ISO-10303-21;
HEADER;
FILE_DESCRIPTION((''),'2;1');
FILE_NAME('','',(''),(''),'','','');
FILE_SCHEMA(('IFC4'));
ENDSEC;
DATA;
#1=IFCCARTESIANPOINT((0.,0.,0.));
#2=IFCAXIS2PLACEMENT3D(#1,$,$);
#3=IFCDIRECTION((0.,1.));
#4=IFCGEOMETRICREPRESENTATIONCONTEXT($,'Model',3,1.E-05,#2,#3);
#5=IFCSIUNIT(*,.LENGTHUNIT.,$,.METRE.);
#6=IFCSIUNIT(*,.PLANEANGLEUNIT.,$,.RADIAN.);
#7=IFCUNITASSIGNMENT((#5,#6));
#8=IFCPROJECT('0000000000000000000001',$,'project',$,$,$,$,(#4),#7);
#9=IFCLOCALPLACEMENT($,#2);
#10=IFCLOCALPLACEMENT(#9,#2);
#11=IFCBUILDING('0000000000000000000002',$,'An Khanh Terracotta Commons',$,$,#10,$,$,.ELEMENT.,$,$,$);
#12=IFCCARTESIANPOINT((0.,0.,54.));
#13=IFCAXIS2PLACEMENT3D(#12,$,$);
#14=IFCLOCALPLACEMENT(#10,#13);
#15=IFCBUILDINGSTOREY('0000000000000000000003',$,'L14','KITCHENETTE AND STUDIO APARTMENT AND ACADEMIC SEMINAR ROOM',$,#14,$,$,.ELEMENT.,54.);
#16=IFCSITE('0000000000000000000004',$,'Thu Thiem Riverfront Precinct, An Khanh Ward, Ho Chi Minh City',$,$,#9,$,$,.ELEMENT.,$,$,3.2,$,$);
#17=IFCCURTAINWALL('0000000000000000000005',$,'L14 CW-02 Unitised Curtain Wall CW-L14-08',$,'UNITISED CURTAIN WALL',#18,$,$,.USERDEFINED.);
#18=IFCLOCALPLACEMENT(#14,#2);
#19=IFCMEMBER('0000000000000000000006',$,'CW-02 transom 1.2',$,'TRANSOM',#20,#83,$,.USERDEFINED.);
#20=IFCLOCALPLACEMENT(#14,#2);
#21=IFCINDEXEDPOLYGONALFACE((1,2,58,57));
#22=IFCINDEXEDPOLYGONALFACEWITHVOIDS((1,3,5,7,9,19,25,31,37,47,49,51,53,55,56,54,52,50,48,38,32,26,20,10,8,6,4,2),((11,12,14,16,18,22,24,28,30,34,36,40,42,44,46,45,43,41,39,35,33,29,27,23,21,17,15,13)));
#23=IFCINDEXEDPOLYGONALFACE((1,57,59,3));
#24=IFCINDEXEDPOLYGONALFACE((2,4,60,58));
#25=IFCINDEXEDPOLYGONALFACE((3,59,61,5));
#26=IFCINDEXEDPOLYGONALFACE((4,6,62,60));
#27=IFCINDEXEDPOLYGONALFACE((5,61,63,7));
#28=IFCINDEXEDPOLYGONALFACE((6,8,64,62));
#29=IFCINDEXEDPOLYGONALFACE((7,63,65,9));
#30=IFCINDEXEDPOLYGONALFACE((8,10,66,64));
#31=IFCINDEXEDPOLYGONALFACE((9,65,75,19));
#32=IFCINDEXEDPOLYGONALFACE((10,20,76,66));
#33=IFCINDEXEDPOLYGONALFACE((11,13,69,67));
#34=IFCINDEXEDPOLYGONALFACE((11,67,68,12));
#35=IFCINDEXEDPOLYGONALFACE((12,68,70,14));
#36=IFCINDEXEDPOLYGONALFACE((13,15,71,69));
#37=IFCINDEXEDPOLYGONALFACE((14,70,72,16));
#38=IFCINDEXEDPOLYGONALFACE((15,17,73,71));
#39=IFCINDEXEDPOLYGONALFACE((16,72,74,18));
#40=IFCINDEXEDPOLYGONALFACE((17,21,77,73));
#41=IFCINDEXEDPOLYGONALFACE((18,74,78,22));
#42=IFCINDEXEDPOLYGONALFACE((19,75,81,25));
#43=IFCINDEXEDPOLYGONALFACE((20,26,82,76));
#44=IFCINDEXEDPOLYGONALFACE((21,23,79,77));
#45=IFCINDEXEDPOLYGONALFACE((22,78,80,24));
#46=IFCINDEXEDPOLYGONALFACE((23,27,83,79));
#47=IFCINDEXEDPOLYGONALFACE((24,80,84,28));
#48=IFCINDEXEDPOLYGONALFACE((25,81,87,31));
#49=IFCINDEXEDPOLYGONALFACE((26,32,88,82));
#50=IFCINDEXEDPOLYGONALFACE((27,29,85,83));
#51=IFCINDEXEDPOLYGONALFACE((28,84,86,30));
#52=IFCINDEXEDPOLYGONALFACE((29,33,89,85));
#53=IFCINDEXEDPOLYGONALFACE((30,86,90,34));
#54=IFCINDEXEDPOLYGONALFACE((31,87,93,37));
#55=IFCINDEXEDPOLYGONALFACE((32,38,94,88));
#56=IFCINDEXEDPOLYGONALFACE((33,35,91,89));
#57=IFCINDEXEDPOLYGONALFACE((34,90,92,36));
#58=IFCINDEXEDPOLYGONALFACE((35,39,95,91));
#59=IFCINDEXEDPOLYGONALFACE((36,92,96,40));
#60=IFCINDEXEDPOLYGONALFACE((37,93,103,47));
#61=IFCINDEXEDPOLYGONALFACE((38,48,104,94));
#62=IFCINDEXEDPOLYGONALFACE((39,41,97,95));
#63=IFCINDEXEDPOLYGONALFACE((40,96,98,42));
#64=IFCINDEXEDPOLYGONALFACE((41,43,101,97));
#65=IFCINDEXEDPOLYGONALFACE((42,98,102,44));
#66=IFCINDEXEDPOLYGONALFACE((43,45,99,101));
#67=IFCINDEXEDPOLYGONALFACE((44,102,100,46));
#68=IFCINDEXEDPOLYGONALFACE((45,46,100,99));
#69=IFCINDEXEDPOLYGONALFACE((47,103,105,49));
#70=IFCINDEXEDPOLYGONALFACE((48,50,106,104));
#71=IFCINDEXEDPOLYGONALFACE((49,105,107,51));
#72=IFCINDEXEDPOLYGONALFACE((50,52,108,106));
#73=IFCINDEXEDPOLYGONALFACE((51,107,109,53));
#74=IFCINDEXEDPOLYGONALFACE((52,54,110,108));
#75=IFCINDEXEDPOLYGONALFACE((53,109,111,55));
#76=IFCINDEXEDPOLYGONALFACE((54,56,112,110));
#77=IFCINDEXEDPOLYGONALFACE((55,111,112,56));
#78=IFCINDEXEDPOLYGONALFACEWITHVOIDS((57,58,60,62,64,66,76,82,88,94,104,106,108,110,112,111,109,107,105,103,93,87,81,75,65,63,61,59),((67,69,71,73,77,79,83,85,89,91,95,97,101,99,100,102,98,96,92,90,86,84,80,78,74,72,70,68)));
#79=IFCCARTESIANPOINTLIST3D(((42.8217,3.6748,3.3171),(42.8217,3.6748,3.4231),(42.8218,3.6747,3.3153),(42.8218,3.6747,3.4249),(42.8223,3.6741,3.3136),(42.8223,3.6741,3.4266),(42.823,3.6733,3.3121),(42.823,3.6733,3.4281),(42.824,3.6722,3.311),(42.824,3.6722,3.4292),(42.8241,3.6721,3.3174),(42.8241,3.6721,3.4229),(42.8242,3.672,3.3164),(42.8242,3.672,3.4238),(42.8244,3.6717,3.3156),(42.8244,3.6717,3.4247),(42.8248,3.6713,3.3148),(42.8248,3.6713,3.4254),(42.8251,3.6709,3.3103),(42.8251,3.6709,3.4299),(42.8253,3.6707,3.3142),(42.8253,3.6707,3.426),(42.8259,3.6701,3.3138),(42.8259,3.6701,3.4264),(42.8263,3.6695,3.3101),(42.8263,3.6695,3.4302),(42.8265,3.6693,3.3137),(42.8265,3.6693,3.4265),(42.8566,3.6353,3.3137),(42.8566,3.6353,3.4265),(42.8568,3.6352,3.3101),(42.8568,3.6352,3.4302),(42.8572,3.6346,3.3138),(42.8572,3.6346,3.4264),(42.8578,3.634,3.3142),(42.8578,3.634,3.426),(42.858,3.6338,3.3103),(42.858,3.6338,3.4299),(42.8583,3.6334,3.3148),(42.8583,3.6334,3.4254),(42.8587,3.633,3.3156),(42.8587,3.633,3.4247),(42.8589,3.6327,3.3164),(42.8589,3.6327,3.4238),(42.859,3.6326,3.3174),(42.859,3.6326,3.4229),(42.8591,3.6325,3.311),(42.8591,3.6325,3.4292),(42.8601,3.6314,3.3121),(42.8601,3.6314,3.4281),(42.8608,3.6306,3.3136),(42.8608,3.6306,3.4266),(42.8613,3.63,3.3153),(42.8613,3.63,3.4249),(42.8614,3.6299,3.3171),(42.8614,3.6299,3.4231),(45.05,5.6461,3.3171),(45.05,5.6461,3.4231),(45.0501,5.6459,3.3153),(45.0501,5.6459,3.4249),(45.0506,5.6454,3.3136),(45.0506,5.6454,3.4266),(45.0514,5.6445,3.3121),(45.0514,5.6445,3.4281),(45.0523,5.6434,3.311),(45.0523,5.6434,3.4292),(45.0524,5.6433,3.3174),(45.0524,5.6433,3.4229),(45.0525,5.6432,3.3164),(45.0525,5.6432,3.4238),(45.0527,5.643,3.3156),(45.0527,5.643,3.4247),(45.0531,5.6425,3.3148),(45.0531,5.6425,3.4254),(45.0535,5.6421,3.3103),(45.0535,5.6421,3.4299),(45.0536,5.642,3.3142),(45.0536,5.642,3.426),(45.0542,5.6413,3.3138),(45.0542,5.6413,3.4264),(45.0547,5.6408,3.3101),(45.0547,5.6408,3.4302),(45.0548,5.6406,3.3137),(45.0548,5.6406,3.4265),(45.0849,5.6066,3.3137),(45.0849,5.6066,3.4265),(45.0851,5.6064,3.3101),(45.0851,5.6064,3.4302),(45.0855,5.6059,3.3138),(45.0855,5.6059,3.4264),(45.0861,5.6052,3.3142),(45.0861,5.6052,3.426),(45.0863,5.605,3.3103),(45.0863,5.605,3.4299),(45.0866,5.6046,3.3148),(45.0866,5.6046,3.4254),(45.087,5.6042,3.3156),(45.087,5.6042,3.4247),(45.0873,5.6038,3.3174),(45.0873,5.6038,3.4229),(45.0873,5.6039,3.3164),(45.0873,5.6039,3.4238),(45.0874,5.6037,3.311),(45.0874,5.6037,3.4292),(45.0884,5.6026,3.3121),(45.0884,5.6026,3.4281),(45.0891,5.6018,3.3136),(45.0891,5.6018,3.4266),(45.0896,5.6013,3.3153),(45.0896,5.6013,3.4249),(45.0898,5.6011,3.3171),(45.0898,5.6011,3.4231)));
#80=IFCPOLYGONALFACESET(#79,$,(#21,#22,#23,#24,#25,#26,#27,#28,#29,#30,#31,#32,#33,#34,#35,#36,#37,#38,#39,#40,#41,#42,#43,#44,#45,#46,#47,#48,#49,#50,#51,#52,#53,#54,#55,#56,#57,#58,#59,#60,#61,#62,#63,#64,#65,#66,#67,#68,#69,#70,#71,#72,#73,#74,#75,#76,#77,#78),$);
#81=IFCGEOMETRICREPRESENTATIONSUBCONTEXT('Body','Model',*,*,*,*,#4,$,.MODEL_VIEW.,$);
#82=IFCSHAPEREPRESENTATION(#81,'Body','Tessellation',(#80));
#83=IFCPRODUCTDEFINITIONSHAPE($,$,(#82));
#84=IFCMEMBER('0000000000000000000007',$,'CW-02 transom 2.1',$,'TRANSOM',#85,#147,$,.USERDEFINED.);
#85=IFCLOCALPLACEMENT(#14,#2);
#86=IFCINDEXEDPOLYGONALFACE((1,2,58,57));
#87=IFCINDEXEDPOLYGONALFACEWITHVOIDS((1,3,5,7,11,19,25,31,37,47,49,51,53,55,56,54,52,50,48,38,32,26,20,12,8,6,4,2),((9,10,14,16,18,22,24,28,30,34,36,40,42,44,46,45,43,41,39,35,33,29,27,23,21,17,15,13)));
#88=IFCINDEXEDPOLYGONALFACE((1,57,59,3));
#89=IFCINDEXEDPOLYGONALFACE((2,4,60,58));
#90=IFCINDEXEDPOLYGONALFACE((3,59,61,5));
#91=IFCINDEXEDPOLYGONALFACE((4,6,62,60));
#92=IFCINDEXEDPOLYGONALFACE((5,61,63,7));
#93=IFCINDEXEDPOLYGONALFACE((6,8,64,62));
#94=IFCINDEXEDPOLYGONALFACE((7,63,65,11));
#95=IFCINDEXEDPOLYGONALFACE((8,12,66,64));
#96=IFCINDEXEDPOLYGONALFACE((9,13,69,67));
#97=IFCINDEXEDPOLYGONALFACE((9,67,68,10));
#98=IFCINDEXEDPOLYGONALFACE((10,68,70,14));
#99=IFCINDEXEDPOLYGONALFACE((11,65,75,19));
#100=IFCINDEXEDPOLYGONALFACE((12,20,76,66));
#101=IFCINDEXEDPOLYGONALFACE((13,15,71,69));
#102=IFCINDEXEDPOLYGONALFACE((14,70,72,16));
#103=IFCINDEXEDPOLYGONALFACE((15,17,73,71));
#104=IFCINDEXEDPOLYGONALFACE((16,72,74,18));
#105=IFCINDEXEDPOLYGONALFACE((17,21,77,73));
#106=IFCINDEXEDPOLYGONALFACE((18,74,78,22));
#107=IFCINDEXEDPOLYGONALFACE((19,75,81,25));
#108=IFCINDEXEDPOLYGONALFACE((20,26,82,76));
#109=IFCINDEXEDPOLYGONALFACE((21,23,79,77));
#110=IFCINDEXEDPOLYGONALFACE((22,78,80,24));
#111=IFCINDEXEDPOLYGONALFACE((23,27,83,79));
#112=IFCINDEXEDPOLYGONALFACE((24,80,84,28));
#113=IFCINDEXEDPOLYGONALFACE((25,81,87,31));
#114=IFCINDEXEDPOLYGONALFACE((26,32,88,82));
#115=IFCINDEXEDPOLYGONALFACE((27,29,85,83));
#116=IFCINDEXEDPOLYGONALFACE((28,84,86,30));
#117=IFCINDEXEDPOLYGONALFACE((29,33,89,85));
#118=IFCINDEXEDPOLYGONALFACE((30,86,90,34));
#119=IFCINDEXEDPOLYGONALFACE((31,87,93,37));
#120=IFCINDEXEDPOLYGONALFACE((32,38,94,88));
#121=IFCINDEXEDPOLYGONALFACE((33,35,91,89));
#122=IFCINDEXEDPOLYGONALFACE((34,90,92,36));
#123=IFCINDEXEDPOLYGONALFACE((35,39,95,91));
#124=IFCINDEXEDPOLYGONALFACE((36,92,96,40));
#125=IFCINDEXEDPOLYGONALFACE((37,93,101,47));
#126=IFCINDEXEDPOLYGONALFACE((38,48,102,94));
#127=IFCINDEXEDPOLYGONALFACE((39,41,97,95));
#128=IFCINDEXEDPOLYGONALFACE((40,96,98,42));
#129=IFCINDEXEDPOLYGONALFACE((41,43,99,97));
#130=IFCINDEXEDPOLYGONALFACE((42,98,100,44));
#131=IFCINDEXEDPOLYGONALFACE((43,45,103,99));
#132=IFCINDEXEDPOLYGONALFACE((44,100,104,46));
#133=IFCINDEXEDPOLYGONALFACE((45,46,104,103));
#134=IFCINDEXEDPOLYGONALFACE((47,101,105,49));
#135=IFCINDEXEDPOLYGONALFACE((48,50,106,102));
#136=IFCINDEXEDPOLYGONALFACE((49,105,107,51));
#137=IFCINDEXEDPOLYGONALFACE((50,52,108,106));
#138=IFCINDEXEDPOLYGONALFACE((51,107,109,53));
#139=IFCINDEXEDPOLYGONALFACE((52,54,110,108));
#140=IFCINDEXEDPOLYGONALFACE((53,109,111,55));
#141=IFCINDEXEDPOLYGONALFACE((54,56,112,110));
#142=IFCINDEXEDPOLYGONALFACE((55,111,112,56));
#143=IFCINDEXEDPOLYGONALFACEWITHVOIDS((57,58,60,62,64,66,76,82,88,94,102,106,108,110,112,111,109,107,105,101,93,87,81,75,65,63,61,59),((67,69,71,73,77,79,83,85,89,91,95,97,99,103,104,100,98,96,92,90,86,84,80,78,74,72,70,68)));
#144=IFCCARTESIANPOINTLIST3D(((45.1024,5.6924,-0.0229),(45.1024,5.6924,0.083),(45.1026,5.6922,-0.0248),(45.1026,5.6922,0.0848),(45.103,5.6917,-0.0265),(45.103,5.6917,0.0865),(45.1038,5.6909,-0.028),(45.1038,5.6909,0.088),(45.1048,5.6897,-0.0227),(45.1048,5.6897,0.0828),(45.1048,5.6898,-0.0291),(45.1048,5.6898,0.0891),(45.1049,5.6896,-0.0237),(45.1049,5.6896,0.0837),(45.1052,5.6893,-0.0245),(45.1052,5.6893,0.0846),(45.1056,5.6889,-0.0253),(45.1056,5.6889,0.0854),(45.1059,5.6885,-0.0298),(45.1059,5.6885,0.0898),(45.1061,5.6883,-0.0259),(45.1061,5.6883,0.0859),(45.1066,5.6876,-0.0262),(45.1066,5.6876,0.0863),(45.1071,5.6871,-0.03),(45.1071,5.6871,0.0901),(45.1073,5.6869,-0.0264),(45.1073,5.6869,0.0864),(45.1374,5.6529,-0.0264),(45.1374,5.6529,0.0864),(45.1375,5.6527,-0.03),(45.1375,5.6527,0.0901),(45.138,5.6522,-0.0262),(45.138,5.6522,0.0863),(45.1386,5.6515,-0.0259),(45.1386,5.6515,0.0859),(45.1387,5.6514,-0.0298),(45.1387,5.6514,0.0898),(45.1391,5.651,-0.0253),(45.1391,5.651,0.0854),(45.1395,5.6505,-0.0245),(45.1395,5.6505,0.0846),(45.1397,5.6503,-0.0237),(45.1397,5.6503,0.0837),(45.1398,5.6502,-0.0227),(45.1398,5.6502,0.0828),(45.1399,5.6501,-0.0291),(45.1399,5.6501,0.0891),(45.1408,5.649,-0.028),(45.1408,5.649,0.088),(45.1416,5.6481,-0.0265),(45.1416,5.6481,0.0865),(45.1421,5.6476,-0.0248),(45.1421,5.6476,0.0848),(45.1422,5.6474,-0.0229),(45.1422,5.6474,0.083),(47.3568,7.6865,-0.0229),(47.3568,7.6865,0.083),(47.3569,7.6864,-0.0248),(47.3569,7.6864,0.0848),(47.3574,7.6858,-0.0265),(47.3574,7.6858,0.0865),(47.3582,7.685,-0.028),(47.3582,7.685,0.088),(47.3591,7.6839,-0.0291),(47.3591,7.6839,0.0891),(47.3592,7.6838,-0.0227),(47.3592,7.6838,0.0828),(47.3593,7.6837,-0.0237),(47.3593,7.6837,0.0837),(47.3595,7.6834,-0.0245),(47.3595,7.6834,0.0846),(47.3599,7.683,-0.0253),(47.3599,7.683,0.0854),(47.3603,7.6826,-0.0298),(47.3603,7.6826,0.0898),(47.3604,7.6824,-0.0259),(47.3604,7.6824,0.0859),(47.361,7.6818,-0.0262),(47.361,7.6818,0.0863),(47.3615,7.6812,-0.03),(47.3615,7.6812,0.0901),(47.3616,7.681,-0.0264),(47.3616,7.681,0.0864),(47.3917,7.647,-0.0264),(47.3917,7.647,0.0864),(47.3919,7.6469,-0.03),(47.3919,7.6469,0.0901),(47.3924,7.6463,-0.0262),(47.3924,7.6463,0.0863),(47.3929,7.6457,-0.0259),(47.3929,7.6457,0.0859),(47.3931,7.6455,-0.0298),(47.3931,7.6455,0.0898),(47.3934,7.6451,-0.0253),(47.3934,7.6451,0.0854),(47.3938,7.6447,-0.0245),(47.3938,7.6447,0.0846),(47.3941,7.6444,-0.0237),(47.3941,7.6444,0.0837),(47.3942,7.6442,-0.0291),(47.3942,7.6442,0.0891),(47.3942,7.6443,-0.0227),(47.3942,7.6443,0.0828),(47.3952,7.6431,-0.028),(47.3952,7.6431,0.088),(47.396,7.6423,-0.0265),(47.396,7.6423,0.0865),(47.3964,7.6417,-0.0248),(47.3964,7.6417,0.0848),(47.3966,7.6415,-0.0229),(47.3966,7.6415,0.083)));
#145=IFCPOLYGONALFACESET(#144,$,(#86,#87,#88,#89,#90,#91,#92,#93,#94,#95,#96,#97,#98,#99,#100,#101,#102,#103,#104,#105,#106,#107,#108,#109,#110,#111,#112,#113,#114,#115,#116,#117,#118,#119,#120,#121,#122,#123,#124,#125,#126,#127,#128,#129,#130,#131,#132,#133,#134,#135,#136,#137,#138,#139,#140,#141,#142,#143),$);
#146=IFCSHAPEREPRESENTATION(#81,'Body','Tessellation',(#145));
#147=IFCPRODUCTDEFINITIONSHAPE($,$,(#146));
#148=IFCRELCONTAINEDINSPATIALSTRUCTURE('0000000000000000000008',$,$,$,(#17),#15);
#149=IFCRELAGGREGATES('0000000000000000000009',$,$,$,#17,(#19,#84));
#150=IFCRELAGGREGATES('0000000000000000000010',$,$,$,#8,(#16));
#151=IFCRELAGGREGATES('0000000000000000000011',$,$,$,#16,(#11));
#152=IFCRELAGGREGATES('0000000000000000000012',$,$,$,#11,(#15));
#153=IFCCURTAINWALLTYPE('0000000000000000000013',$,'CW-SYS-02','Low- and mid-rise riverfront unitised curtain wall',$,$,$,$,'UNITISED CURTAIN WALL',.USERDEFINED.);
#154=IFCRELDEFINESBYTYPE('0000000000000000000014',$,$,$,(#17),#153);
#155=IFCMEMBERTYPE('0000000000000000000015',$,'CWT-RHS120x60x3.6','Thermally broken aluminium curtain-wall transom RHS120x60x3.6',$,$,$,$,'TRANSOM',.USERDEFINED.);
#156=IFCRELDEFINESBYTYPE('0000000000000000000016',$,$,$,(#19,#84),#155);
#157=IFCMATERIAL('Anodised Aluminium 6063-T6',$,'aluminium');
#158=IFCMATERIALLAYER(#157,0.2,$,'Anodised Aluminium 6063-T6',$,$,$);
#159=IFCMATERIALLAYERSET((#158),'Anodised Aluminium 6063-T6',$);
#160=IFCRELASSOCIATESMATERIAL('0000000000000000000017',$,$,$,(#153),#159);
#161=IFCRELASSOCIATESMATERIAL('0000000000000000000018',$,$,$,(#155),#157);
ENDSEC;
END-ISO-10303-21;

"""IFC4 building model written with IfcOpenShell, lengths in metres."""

from ifc_helpers import new_model, si_unit, direction, frame, origin, origin_2d, place, context, subcontext, project, spatial, hollow_rectangle, extrude, material, layer, layer_set, material_profile, profile_set, type_object, element, aggregate, save


model = new_model("IFC4")

# Units and contexts
model_context = context("Model", 3, precision=1e-05, world=origin(), true_north=direction((0.0, 1.0)))
body_context = subcontext(model_context, "Body", "Model", "MODEL_VIEW")
ifc_project = project(units=[si_unit("LENGTHUNIT", "METRE"), si_unit("PLANEANGLEUNIT", "RADIAN")], contexts=[model_context])

# Site, building, storey
site_placement = place(None, origin())
site = spatial("IfcSite", under=ifc_project, at=site_placement, Name="Thu Thiem Riverfront Precinct, An Khanh Ward, Ho Chi Minh City", CompositionType="ELEMENT", RefElevation=3.2)
building_placement = place(site_placement, origin())
building = spatial("IfcBuilding", under=site, at=building_placement, Name="An Khanh Terracotta Commons", CompositionType="ELEMENT")
storey_placement = place(building_placement, frame((0.0, 0.0, 54.0)))
storey = spatial("IfcBuildingStorey", under=building, at=storey_placement, Name="L14", Description="KITCHENETTE AND STUDIO APARTMENT AND ACADEMIC SEMINAR ROOM", CompositionType="ELEMENT", Elevation=54.0)

# Curtain wall
ifc_material_1 = material(Name="Anodised Aluminium 6063-T6", Category="aluminium")
ifc_layer_1 = layer(ifc_material_1, 0.2, Name="Anodised Aluminium 6063-T6")
ifc_layer_set_1 = layer_set([ifc_layer_1], Name="Anodised Aluminium 6063-T6")
curtain_wall_type = type_object("IfcCurtainWallType", Name="CW-SYS-02", Description="Low- and mid-rise riverfront unitised curtain wall", ElementType="UNITISED CURTAIN WALL", PredefinedType="USERDEFINED", material=ifc_layer_set_1)
curtain_wall_1_placement = place(storey_placement, origin())
curtain_wall_1 = element("IfcCurtainWall", 1, at=curtain_wall_1_placement, inside=storey, type_object=curtain_wall_type, Name="L14 CW-02 Unitised Curtain Wall CW-L14-08", ObjectType="UNITISED CURTAIN WALL", PredefinedType="USERDEFINED")

# Members
ifc_material_profile_1 = material_profile(ifc_material_1, hollow_rectangle(XDim=0.0601, YDim=0.1201, WallThickness=0.0037, InnerFilletRadius=0.0037, OuterFilletRadius=0.0071, at=origin_2d()), Name="RHS120x60x3.6")
ifc_profile_set_1 = profile_set([ifc_material_profile_1], Name="Anodised Aluminium 6063-T6")
member_type_1 = type_object("IfcMemberType", Name="CWT-RHS120x60x3.6", Description="Thermally broken aluminium curtain-wall transom RHS120x60x3.6", ElementType="TRANSOM", PredefinedType="USERDEFINED", material=ifc_profile_set_1)
member_1_placement = place(storey_placement, frame((42.8416, 3.6523, 3.3701), z_axis=(0.748992, 0.662579, 0.0), x_axis=(-0.662579, 0.748992, 0.0)))
member_1 = element("IfcMember", 2, at=member_1_placement, type_object=member_type_1, Name="CW-02 transom 1.2", ObjectType="TRANSOM", PredefinedType="USERDEFINED", context=body_context, shape_type="SweptSolid", body=[
    extrude(hollow_rectangle(XDim=0.0601, YDim=0.1201, WallThickness=0.0037, InnerFilletRadius=0.0037, OuterFilletRadius=0.0071, at=origin_2d()), origin(), (0.0, 0.0, 1.0), 2.9751),
])
member_2_placement = place(storey_placement, frame((45.1223, 5.6699, 0.03), z_axis=(0.749018, 0.662549, 0.0), x_axis=(-0.662549, 0.749018, 0.0)))
member_2 = element("IfcMember", 3, at=member_2_placement, type_object=member_type_1, Name="CW-02 transom 2.1", ObjectType="TRANSOM", PredefinedType="USERDEFINED", context=body_context, shape_type="SweptSolid", body=[
    extrude(hollow_rectangle(XDim=0.0601, YDim=0.1201, WallThickness=0.0037, InnerFilletRadius=0.0037, OuterFilletRadius=0.0071, at=origin_2d()), origin(), (0.0, 0.0, 1.0), 3.0098),
])

aggregate(curtain_wall_1, [member_1, member_2])

save(model, "model.ifc")
